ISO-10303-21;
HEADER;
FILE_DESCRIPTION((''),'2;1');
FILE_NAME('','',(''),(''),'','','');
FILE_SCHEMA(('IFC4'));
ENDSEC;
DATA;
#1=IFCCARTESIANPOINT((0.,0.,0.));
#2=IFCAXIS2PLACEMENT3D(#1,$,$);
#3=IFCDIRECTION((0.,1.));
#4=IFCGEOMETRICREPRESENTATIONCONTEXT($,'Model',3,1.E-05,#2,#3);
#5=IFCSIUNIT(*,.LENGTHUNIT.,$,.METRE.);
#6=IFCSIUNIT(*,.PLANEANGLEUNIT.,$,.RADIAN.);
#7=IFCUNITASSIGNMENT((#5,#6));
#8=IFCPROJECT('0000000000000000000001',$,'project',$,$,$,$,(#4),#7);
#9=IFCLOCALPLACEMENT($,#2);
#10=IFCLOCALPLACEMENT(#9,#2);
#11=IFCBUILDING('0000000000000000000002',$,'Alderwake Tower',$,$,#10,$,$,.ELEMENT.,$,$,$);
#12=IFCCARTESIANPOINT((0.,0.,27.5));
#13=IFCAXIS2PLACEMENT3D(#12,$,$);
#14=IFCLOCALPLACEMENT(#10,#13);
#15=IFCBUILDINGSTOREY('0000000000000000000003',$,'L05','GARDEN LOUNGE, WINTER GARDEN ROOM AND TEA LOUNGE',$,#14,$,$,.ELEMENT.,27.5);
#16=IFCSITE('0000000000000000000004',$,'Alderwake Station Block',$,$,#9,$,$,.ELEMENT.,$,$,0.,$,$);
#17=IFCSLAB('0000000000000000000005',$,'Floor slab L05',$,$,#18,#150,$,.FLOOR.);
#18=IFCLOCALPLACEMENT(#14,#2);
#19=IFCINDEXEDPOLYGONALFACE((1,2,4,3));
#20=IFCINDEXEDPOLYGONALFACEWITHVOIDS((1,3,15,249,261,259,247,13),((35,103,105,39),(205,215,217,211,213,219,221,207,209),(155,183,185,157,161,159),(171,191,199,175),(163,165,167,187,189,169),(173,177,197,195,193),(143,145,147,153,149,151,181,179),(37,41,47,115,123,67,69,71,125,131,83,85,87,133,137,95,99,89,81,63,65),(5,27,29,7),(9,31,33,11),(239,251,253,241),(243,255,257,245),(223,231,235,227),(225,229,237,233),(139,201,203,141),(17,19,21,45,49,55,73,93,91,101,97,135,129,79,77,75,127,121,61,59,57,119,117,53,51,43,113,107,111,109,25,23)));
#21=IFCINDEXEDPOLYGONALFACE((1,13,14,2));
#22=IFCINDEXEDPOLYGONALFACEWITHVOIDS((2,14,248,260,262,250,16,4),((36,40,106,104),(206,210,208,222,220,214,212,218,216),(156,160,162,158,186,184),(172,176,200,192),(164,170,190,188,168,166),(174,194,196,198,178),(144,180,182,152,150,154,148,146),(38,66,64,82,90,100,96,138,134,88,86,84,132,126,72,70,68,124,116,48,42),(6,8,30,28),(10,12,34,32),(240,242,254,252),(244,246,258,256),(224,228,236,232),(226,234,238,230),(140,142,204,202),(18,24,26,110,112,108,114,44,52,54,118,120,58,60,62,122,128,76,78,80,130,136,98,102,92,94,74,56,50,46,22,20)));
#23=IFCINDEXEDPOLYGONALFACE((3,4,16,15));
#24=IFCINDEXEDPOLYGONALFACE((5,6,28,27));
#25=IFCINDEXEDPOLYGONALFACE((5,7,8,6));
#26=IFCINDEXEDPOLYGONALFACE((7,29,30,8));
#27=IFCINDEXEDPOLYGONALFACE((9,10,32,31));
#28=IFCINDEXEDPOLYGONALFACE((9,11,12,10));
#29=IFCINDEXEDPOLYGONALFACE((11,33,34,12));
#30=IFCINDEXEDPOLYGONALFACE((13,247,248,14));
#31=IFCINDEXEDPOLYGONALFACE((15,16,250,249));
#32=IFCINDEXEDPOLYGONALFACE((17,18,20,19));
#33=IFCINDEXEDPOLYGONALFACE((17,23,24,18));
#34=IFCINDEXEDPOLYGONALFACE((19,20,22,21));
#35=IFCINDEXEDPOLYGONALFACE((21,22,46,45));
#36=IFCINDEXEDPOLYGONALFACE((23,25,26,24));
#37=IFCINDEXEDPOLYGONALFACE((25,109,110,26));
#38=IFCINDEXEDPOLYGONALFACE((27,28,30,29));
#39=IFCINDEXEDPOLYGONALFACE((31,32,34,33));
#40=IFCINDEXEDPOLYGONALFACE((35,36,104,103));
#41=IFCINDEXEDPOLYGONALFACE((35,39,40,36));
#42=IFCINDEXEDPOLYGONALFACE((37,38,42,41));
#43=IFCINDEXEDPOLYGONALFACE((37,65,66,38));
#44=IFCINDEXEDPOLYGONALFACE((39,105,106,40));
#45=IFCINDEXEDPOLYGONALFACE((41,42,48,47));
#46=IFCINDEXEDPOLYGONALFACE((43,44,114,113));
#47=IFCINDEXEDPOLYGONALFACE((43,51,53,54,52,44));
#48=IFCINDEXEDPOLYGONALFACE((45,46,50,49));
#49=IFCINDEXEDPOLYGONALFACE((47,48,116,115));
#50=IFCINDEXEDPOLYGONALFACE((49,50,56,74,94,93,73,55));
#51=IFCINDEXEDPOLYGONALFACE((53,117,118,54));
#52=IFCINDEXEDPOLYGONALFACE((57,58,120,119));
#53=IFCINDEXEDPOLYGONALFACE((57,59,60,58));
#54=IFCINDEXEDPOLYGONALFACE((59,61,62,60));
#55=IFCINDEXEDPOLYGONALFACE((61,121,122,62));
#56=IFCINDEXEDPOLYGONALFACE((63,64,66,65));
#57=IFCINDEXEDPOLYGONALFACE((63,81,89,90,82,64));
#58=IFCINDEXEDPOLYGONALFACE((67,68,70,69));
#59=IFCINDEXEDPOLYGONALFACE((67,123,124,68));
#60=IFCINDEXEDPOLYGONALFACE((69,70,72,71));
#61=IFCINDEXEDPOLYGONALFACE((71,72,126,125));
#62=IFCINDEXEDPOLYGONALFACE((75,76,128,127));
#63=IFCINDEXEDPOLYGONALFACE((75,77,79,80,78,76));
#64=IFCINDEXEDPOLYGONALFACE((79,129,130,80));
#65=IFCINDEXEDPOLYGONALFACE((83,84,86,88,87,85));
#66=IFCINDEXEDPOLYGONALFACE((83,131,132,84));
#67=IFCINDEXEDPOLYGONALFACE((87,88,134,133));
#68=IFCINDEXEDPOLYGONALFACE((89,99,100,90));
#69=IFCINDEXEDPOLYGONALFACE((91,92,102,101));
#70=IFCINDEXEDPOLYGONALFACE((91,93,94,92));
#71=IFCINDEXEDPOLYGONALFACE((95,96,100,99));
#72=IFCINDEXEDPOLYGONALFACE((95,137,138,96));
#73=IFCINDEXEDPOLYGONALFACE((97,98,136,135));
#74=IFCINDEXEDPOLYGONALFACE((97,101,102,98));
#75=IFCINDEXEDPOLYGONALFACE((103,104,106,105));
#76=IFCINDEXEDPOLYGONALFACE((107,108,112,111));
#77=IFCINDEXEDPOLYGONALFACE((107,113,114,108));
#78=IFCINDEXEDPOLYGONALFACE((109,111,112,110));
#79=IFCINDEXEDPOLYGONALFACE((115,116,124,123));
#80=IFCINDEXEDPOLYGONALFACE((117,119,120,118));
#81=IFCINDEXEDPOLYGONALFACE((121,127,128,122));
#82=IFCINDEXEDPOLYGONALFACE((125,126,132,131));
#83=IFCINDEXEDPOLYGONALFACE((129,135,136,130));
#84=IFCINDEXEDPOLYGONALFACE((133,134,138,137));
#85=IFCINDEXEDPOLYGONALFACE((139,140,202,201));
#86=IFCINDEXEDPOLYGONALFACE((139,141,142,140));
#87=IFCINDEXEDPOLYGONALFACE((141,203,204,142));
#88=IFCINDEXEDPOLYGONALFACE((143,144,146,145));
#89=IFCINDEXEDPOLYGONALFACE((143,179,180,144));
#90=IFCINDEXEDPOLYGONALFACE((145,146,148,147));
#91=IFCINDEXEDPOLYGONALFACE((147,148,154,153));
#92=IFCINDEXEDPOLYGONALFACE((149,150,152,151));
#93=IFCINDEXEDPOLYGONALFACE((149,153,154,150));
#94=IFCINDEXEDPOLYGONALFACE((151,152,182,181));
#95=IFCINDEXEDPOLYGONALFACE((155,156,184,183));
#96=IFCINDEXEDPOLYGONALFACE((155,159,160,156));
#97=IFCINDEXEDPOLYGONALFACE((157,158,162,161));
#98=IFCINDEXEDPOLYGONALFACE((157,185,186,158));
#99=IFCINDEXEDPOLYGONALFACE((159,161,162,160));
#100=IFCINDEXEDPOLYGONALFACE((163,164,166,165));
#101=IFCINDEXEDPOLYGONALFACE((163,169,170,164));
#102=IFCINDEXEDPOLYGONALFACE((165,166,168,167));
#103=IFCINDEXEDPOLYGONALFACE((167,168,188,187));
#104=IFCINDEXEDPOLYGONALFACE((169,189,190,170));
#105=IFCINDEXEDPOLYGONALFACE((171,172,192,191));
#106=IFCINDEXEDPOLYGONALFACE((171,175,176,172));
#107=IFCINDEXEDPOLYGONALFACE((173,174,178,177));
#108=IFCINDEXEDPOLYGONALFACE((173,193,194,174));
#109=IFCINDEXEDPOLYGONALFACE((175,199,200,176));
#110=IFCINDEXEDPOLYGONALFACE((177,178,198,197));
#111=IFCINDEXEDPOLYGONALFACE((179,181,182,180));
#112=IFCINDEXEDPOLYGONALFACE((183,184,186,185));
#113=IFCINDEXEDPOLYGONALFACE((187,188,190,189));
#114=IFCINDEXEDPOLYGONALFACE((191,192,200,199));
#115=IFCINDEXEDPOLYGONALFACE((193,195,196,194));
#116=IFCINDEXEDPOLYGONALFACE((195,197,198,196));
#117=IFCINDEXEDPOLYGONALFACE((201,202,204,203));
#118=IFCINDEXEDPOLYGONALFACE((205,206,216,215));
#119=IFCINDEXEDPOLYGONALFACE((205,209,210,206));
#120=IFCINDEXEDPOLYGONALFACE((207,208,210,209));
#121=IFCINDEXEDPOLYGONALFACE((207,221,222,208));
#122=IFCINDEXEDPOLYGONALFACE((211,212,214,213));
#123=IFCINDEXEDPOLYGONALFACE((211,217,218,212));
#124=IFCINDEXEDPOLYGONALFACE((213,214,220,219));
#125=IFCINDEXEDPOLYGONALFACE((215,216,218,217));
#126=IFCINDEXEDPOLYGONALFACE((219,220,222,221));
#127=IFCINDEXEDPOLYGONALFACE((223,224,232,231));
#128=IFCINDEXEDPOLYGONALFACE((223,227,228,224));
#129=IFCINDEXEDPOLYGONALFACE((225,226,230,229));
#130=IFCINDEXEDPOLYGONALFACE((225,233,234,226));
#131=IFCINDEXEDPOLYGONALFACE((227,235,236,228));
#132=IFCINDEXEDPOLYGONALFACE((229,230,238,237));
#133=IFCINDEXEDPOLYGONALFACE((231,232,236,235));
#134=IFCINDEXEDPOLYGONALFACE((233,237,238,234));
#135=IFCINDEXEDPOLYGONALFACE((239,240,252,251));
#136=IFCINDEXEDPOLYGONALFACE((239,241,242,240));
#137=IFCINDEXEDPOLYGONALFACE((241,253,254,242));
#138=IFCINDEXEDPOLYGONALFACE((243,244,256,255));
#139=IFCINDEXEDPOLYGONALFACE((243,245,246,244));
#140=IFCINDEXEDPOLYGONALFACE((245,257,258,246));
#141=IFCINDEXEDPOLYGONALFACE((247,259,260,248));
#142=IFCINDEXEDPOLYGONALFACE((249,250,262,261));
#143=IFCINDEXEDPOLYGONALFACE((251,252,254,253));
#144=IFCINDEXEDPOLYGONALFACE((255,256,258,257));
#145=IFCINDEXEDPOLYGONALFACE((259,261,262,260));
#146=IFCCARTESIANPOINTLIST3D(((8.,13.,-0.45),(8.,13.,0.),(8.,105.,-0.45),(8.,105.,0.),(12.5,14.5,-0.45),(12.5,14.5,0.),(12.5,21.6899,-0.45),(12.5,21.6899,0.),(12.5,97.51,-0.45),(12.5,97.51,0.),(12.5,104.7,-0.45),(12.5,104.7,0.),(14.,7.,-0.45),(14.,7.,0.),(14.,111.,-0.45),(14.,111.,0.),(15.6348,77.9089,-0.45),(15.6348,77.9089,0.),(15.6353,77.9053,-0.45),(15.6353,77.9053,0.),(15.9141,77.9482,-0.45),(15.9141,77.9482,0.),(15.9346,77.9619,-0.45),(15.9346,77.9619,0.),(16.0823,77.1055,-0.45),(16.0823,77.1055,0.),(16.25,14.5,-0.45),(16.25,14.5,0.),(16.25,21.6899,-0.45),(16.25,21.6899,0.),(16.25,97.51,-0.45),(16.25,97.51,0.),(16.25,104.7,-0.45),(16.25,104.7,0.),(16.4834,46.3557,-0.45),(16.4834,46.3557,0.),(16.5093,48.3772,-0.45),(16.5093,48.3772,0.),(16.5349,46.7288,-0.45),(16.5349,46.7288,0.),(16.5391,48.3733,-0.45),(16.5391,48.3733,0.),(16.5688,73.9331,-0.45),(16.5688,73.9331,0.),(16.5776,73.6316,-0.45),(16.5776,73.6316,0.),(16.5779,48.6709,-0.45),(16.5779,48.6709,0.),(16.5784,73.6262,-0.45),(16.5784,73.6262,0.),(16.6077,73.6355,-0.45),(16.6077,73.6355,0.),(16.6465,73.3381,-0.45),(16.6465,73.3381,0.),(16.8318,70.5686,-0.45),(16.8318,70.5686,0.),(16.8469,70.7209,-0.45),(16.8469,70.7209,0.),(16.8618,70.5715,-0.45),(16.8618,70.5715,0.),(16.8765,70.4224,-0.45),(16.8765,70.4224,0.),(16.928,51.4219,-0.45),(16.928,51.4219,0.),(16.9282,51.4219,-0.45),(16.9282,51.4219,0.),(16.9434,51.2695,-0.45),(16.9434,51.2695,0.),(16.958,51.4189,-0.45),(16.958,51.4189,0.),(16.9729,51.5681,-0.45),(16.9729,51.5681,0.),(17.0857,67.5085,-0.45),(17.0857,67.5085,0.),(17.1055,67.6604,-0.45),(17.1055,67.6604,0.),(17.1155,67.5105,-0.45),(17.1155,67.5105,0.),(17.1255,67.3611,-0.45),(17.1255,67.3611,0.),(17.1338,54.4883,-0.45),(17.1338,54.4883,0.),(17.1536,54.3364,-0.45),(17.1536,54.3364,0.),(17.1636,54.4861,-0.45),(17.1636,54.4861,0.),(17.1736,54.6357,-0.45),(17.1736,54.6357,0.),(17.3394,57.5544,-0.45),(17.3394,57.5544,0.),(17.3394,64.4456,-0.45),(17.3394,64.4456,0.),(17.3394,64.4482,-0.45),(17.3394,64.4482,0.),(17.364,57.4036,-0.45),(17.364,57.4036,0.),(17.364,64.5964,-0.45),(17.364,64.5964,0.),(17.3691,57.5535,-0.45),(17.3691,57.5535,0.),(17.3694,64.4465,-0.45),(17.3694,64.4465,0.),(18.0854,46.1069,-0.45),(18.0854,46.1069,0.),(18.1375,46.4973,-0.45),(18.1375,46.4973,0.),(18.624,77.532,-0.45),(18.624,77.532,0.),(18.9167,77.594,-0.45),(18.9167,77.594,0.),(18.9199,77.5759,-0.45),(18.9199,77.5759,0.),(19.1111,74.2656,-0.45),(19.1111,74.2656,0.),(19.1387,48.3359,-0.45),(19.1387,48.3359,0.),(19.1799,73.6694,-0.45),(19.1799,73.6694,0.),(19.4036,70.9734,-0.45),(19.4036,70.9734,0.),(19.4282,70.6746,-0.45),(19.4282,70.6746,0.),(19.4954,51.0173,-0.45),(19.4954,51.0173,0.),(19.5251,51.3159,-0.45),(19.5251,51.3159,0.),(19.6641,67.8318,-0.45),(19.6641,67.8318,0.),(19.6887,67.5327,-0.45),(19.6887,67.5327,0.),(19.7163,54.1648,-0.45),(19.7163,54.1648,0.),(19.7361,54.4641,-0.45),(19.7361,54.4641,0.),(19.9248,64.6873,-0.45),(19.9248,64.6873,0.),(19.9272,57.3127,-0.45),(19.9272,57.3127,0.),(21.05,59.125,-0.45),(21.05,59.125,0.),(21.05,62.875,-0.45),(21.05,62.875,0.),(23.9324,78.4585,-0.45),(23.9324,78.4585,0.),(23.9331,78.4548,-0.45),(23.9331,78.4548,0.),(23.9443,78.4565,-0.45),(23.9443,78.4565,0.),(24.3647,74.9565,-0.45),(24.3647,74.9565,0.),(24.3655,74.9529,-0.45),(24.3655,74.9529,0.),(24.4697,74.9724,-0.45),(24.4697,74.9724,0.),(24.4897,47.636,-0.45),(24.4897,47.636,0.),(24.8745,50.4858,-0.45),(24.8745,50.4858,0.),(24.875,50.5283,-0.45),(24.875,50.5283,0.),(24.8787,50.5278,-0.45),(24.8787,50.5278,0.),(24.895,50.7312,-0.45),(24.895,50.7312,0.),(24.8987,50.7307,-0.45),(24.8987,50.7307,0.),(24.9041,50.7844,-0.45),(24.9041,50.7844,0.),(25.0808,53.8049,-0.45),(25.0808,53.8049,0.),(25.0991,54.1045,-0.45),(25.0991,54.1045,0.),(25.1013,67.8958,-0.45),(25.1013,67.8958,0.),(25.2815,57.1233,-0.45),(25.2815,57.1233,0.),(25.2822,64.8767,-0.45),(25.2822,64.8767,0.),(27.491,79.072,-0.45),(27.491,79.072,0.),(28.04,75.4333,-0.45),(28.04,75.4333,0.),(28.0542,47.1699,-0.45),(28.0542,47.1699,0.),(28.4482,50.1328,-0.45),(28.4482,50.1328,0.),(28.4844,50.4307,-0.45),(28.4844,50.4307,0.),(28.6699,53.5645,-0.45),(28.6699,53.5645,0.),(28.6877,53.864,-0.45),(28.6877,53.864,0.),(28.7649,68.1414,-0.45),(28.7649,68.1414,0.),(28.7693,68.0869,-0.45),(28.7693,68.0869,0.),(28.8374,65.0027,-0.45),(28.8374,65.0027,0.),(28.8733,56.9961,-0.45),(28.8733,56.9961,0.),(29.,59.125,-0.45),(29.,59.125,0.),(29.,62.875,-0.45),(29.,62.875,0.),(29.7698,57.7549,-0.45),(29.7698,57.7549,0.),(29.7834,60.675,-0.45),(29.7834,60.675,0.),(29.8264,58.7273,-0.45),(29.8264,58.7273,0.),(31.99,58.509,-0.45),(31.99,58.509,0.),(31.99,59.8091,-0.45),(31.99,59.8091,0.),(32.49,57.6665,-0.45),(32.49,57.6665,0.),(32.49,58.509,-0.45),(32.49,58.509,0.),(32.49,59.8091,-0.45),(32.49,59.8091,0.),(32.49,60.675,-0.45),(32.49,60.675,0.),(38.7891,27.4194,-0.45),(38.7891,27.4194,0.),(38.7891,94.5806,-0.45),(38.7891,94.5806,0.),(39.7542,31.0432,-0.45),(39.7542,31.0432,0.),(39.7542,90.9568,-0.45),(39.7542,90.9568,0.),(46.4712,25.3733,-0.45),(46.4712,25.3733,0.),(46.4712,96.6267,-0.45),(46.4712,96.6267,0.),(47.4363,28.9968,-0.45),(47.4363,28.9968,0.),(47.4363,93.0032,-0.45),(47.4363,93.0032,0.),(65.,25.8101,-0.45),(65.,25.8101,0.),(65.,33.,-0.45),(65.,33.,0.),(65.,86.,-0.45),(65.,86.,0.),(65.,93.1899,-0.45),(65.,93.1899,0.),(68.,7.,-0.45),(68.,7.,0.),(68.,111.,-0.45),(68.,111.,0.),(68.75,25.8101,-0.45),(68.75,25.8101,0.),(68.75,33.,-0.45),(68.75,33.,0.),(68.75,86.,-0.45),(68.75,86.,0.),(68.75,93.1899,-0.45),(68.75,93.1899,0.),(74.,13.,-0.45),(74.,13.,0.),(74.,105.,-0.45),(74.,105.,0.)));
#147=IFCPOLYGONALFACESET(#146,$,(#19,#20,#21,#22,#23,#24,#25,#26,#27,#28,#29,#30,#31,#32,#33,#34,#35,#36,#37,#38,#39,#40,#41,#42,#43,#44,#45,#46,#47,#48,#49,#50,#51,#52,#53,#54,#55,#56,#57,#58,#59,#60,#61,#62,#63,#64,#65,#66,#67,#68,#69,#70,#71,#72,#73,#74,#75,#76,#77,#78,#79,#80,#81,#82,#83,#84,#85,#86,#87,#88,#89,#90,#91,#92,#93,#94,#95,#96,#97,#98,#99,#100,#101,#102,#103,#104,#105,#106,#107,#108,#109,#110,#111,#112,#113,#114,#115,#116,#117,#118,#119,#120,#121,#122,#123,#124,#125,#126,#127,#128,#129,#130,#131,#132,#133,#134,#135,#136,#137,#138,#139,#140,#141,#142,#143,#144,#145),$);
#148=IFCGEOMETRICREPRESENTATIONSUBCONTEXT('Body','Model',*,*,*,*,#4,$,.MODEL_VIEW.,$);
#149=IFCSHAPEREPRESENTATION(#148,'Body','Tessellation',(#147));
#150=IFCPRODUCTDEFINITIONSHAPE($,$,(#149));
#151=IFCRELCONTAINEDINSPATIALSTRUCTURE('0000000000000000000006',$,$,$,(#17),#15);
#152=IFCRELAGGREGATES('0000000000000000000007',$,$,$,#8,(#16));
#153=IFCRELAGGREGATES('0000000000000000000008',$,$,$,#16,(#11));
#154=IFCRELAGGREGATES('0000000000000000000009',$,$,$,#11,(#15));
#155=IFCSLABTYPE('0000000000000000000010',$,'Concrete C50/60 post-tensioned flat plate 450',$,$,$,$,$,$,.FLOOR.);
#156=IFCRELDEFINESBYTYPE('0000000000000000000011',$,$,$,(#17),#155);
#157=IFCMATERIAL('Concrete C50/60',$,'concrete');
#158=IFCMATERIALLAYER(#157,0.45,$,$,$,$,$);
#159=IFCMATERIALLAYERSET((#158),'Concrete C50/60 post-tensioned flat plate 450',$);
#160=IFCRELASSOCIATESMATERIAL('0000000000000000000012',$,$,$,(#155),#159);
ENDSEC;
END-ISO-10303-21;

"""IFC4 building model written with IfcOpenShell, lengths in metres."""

from ifc_helpers import new_model, si_unit, direction, frame, origin, place, context, subcontext, project, spatial, polyline, outline, extrude, material, layer, layer_set, type_object, element, save


model = new_model("IFC4")

# Units and contexts
model_context = context("Model", 3, precision=1e-05, world=origin(), true_north=direction((0.0, 1.0)))
body_context = subcontext(model_context, "Body", "Model", "MODEL_VIEW")
ifc_project = project(units=[si_unit("LENGTHUNIT", "METRE"), si_unit("PLANEANGLEUNIT", "RADIAN")], contexts=[model_context])

# Site, building, storey
site_placement = place(None, origin())
site = spatial("IfcSite", under=ifc_project, at=site_placement, Name="Alderwake Station Block", CompositionType="ELEMENT", RefElevation=0.0)
building_placement = place(site_placement, origin())
building = spatial("IfcBuilding", under=site, at=building_placement, Name="Alderwake Tower", CompositionType="ELEMENT")
storey_placement = place(building_placement, frame((0.0, 0.0, 27.5)))
storey = spatial("IfcBuildingStorey", under=building, at=storey_placement, Name="L05", Description="GARDEN LOUNGE, WINTER GARDEN ROOM AND TEA LOUNGE", CompositionType="ELEMENT", Elevation=27.5)

# Slab
ifc_material_1 = material(Name="Concrete C50/60", Category="concrete")
ifc_layer_1 = layer(ifc_material_1, 0.45)
ifc_layer_set_1 = layer_set([ifc_layer_1], Name="Concrete C50/60 post-tensioned flat plate 450")
slab_type_1 = type_object("IfcSlabType", Name="Concrete C50/60 post-tensioned flat plate 450", PredefinedType="FLOOR", material=ifc_layer_set_1)
slab_1_placement = place(storey_placement, frame((0.0, 0.0, -0.45)))
element("IfcSlab", 1, at=slab_1_placement, inside=storey, type_object=slab_type_1, Name="Floor slab L05", PredefinedType="FLOOR", context=body_context, shape_type="SweptSolid", body=[
    extrude(outline(polyline([(8.0, 105.0), (14.0, 111.0), (68.0, 111.0), (74.0, 105.0), (74.0, 13.0), (68.0, 7.0), (14.0, 7.0), (8.0, 13.0), (8.0, 105.0)]), holes=[polyline([(16.25, 14.5), (16.25, 21.6899), (12.5, 21.6899), (12.5, 14.5), (16.25, 14.5)]), polyline([(16.9434, 51.2695), (16.958, 51.4189), (16.9729, 51.5681), (19.5251, 51.3159), (19.7163, 54.1648), (17.1536, 54.3364), (17.1636, 54.4861), (17.1736, 54.6357), (19.7361, 54.4641), (19.9272, 57.3127), (17.364, 57.4036), (17.3691, 57.5535), (17.3394, 57.5544), (17.1338, 54.4883), (16.928, 51.4219), (16.9282, 51.4219), (16.5093, 48.3772), (16.5391, 48.3733), (16.5779, 48.6709), (19.1387, 48.3359), (19.4954, 51.0173), (16.9434, 51.2695)]), polyline([(29.0, 62.875), (21.05, 62.875), (21.05, 59.125), (29.0, 59.125), (29.0, 62.875)]), polyline([(19.6887, 67.5327), (17.1255, 67.3611), (17.1155, 67.5105), (17.1055, 67.6604), (19.6641, 67.8318), (19.4282, 70.6746), (16.8765, 70.4224), (16.8618, 70.5715), (16.8469, 70.7209), (19.4036, 70.9734), (19.1799, 73.6694), (16.6465, 73.3381), (16.6077, 73.6355), (16.5688, 73.9331), (19.1111, 74.2656), (18.624, 77.532), (18.9199, 77.5759), (18.9167, 77.594), (16.0823, 77.1055), (15.9346, 77.9619), (15.6348, 77.9089), (15.6353, 77.9053), (15.9141, 77.9482), (16.5776, 73.6316), (16.5784, 73.6262), (16.8318, 70.5686), (17.0857, 67.5085), (17.3394, 64.4482), (17.3394, 64.4456), (17.3694, 64.4465), (17.364, 64.5964), (19.9248, 64.6873), (19.6887, 67.5327)]), polyline([(12.5, 104.7), (12.5, 97.51), (16.25, 97.51), (16.25, 104.7), (12.5, 104.7)]), polyline([(47.4363, 28.9968), (39.7542, 31.0432), (38.7891, 27.4194), (46.4712, 25.3733), (47.4363, 28.9968)]), polyline([(65.0, 33.0), (65.0, 25.8101), (68.75, 25.8101), (68.75, 33.0), (65.0, 33.0)]), polyline([(28.4482, 50.1328), (24.8745, 50.4858), (24.8787, 50.5278), (24.875, 50.5283), (24.4897, 47.636), (28.0542, 47.1699), (28.4482, 50.1328)]), polyline([(28.6699, 53.5645), (25.0808, 53.8049), (24.895, 50.7312), (24.8987, 50.7307), (24.9041, 50.7844), (28.4844, 50.4307), (28.6699, 53.5645)]), polyline([(28.8733, 56.9961), (25.2815, 57.1233), (25.0991, 54.1045), (28.6877, 53.864), (28.8733, 56.9961)]), polyline([(28.7693, 68.0869), (28.7649, 68.1414), (25.1013, 67.8958), (25.2822, 64.8767), (28.8374, 65.0027), (28.7693, 68.0869)]), polyline([(27.491, 79.072), (23.9324, 78.4585), (23.9331, 78.4548), (23.9443, 78.4565), (24.4697, 74.9724), (24.3647, 74.9565), (24.3655, 74.9529), (28.04, 75.4333), (27.491, 79.072)]), polyline([(65.0, 86.0), (68.75, 86.0), (68.75, 93.1899), (65.0, 93.1899), (65.0, 86.0)]), polyline([(47.4363, 93.0032), (46.4712, 96.6267), (38.7891, 94.5806), (39.7542, 90.9568), (47.4363, 93.0032)]), polyline([(18.1375, 46.4973), (16.5349, 46.7288), (16.4834, 46.3557), (18.0854, 46.1069), (18.1375, 46.4973)]), polyline([(29.7698, 57.7549), (32.49, 57.6665), (32.49, 58.509), (31.99, 58.509), (31.99, 59.8091), (32.49, 59.8091), (32.49, 60.675), (29.7834, 60.675), (29.8264, 58.7273), (29.7698, 57.7549)])]), origin(), (0.0, 0.0, 1.0), 0.45),
])

save(model, "model.ifc")
